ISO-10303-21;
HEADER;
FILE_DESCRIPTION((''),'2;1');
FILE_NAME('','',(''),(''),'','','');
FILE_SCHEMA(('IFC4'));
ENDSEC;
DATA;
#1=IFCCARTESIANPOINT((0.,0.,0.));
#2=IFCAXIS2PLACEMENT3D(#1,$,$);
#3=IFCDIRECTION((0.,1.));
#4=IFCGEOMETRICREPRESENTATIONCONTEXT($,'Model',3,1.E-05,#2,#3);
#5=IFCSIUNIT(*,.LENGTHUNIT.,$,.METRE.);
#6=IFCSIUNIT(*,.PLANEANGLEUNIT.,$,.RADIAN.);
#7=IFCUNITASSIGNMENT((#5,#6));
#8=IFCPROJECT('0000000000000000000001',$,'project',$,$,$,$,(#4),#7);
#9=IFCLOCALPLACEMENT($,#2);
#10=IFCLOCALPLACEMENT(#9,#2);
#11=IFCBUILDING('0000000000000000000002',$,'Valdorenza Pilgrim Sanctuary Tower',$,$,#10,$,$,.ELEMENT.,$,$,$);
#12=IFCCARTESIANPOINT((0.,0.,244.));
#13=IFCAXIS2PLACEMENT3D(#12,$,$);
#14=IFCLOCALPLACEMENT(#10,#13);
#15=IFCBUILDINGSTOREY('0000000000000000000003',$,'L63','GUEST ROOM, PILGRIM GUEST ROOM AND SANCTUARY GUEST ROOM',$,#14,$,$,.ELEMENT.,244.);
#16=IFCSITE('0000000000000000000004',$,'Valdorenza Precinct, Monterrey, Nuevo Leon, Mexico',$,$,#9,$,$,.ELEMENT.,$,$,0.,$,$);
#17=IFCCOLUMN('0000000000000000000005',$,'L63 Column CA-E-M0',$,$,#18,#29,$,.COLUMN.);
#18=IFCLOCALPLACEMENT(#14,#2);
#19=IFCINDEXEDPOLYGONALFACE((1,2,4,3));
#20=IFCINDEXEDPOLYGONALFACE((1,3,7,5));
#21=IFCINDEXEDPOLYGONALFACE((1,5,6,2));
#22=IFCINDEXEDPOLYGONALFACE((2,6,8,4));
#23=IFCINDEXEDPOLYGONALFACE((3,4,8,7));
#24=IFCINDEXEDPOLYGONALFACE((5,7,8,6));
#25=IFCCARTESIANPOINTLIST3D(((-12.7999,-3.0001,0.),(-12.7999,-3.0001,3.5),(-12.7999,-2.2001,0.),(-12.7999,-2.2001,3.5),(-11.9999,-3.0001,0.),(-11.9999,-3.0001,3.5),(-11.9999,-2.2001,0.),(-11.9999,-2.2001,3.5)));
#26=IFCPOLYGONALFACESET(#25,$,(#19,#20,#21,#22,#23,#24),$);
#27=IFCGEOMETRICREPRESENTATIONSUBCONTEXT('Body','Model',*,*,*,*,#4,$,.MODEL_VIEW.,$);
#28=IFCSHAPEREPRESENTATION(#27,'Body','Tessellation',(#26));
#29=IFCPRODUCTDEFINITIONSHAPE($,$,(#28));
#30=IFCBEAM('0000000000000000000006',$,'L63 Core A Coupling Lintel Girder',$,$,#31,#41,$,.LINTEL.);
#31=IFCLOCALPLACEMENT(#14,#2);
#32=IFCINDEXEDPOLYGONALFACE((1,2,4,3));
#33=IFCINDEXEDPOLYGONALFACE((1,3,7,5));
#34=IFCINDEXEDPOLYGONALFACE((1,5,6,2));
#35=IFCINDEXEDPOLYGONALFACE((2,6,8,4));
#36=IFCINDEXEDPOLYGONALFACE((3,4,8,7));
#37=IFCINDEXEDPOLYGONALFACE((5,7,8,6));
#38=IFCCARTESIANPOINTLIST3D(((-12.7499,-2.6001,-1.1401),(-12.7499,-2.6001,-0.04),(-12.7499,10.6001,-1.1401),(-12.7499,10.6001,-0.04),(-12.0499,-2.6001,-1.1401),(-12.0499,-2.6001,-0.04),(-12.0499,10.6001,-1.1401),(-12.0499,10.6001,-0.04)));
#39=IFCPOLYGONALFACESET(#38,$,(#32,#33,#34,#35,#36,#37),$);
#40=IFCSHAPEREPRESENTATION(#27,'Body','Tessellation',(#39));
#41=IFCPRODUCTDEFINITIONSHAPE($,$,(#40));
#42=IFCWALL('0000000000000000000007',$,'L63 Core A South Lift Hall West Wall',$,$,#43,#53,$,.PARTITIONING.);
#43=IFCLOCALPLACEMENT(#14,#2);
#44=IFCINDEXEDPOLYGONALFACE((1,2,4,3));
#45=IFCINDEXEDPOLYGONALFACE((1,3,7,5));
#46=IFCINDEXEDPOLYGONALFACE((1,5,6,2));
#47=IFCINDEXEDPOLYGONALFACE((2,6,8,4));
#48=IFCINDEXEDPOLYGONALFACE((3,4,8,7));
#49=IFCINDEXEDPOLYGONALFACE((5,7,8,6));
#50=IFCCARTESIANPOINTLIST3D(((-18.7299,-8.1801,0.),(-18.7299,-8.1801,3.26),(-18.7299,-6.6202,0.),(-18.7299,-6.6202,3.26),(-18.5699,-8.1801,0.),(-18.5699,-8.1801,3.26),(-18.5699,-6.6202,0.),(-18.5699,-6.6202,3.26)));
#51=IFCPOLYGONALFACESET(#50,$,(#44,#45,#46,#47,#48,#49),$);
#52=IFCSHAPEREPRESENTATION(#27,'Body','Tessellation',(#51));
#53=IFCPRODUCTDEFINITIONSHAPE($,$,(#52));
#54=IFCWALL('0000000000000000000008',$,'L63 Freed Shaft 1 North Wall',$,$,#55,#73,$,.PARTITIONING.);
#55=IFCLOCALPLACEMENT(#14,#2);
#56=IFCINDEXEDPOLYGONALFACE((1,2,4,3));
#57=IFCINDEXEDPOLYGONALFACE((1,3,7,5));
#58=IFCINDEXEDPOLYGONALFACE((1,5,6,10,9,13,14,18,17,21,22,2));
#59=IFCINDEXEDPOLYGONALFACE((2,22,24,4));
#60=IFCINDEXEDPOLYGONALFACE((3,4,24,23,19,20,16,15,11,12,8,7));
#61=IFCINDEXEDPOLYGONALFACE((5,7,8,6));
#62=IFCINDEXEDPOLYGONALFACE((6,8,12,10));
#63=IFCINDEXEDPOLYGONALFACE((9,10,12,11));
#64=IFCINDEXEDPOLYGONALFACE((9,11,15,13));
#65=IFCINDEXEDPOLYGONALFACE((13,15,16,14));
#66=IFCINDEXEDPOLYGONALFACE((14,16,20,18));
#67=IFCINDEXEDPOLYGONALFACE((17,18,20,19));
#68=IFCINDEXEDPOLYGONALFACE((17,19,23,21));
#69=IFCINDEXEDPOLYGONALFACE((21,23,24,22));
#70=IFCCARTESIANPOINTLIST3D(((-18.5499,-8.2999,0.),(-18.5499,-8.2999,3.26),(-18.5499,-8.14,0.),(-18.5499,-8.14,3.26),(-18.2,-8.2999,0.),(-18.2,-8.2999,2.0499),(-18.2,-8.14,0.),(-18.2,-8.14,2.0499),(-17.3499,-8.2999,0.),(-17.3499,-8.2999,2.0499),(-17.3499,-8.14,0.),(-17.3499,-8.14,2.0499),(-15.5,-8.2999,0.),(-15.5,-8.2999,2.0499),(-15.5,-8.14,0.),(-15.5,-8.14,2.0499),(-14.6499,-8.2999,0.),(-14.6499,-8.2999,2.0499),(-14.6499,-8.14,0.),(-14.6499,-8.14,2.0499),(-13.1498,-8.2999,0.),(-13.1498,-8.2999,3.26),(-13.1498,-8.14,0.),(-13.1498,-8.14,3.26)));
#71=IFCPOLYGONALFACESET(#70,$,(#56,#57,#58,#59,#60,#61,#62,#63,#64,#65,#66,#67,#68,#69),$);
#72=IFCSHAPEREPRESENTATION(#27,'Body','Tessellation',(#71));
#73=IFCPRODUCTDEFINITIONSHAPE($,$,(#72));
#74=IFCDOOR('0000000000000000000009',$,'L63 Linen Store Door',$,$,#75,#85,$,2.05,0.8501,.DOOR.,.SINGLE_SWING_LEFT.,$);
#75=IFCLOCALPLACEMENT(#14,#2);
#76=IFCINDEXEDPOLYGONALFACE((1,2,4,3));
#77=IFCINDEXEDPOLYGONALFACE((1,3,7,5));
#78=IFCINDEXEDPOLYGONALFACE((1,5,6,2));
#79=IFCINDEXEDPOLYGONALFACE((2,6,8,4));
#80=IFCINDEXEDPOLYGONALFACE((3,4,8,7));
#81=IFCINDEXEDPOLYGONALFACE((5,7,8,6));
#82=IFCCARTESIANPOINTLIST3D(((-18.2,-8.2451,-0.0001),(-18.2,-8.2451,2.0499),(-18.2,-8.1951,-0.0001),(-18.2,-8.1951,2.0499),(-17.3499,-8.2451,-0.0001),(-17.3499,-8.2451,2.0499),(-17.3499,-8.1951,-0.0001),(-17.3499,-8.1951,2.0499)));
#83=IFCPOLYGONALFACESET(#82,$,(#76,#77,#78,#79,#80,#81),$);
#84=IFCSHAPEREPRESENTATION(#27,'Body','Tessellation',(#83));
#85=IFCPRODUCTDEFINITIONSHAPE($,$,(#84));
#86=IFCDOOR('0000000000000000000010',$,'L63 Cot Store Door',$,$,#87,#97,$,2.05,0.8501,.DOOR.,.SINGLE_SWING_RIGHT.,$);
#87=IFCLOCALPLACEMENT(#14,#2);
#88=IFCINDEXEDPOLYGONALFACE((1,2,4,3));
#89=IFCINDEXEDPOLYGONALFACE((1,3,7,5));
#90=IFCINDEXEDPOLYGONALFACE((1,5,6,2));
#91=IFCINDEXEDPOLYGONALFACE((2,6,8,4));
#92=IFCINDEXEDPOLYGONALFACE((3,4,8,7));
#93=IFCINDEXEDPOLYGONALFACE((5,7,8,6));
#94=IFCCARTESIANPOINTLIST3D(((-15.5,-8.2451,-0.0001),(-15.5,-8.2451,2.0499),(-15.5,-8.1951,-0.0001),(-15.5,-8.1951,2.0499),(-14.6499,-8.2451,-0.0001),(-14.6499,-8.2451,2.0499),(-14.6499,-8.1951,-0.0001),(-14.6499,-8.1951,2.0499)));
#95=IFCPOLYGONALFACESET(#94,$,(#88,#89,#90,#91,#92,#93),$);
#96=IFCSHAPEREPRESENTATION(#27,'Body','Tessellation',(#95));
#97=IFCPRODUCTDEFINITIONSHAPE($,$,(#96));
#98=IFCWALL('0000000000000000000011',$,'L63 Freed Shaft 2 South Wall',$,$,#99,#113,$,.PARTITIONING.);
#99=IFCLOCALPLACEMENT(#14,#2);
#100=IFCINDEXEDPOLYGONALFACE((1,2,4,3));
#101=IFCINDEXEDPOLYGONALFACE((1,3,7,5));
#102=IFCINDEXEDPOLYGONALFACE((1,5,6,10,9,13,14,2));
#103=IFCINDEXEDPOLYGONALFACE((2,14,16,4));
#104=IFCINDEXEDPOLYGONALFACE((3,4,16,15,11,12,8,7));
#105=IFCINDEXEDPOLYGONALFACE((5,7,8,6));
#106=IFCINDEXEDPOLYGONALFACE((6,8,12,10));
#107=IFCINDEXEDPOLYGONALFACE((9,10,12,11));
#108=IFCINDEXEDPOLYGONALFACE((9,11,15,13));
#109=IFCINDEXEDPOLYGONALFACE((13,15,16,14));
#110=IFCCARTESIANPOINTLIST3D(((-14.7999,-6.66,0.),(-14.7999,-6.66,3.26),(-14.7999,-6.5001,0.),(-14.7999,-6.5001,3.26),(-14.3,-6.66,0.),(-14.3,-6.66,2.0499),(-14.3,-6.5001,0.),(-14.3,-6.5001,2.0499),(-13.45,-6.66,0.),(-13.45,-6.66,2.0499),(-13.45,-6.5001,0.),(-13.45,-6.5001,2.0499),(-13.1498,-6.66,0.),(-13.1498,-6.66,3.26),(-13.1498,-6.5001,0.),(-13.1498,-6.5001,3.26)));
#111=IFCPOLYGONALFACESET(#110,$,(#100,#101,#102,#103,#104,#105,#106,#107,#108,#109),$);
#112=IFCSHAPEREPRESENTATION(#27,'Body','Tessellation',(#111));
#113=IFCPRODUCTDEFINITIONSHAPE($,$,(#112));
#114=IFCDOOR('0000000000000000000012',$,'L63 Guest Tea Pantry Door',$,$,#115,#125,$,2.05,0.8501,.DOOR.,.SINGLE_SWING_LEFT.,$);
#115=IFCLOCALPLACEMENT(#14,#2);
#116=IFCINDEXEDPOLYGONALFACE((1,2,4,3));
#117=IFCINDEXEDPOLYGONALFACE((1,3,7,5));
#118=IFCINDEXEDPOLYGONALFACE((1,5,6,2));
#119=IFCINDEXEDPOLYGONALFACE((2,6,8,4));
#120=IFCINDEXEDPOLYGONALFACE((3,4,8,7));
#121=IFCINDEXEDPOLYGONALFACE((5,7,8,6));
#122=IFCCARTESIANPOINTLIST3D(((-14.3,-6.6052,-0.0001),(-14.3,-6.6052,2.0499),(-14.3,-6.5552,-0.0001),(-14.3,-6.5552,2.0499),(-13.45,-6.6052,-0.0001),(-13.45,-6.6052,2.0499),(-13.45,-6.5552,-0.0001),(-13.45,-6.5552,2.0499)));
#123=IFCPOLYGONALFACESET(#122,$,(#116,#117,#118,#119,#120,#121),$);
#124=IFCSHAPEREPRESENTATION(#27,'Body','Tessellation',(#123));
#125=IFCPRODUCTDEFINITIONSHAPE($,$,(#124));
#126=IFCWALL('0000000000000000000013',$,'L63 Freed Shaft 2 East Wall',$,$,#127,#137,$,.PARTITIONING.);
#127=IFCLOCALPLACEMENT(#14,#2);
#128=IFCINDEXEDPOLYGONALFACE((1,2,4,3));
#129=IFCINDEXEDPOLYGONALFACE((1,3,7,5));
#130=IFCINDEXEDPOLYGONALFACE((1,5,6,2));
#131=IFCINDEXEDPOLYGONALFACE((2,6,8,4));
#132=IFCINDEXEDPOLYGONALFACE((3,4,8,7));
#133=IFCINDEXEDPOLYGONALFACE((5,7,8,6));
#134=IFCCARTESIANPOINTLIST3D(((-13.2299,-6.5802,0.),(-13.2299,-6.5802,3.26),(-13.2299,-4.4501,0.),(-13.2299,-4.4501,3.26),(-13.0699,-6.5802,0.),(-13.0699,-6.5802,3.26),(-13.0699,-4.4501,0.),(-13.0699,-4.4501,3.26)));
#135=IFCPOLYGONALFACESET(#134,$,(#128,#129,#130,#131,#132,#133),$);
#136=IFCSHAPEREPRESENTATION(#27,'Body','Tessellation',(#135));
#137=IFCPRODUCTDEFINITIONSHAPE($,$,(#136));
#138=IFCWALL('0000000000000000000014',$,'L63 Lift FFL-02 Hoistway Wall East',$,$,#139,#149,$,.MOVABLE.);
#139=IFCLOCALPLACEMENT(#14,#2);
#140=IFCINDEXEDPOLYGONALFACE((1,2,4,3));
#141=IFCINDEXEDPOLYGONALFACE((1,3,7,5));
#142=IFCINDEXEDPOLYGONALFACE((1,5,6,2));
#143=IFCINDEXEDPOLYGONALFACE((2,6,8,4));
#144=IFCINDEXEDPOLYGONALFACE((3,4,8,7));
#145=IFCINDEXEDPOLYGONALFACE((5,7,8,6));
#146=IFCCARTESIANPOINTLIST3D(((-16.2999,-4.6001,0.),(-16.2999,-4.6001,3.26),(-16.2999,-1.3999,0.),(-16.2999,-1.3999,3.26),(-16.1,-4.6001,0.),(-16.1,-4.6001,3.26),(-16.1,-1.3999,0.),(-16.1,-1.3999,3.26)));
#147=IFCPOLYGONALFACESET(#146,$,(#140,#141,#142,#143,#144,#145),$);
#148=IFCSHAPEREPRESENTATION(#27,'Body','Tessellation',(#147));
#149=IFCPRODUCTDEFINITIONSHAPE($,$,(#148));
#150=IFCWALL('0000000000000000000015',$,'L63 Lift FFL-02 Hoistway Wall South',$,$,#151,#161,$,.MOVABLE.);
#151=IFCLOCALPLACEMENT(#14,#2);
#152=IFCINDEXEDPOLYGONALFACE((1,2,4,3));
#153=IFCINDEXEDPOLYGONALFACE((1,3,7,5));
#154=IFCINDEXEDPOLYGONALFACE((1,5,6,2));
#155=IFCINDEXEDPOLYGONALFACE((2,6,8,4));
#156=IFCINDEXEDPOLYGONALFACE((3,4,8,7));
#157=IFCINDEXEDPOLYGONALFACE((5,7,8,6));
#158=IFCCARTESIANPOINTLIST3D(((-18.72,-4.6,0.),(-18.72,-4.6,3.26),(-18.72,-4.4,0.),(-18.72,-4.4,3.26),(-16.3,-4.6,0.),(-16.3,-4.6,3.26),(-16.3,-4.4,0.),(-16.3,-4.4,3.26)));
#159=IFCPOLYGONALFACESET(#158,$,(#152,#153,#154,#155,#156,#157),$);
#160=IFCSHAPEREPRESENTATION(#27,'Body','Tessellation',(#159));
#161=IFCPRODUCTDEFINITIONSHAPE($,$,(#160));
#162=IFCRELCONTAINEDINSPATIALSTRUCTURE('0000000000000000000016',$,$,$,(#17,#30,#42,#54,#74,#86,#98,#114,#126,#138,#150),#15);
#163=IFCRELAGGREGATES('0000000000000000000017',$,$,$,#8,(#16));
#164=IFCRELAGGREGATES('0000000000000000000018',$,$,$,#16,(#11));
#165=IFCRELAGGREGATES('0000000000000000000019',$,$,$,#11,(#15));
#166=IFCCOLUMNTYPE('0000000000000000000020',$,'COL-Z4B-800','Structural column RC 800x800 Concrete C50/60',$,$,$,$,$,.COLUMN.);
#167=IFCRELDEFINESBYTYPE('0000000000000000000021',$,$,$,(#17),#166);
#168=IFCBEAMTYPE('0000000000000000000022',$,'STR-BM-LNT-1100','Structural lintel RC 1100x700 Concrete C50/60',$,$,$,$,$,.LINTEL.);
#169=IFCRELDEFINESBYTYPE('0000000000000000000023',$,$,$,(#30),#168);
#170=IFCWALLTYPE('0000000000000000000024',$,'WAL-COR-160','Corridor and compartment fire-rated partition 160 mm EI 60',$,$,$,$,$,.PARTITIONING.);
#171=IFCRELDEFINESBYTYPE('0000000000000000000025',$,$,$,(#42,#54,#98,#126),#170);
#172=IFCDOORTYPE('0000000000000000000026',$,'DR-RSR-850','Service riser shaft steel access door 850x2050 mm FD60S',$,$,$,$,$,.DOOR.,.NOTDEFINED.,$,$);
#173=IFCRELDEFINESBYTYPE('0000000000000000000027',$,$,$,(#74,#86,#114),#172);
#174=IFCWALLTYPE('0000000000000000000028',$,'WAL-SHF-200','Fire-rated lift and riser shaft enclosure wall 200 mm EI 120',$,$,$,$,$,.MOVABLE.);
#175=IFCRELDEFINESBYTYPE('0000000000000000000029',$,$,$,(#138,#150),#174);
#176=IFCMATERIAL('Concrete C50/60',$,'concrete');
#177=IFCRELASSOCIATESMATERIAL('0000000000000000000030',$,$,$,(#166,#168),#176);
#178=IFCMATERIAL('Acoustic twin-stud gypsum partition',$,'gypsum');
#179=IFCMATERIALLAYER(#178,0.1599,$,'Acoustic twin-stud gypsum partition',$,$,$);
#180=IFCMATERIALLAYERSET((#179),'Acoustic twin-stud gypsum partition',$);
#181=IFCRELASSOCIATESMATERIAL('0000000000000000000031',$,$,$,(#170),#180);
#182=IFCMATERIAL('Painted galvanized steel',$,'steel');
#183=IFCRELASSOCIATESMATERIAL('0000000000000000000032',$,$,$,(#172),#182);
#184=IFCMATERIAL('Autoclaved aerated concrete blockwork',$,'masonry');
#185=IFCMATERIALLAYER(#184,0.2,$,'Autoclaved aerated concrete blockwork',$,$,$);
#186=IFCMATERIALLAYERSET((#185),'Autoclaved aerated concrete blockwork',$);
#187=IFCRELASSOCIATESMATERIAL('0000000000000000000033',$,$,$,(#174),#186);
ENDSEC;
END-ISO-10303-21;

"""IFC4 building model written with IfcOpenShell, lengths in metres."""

from ifc_helpers import new_model, si_unit, direction, frame, frame_2d, origin, origin_2d, place, context, subcontext, project, spatial, rectangle, extrude, source, transform, mapped, material, layer, layer_set, material_profile, profile_set, type_object, element, fill, save


model = new_model("IFC4")

# Units and contexts
model_context = context("Model", 3, precision=1e-05, world=origin(), true_north=direction((0.0, 1.0)))
body_context = subcontext(model_context, "Body", "Model", "MODEL_VIEW")
ifc_project = project(units=[si_unit("LENGTHUNIT", "METRE"), si_unit("PLANEANGLEUNIT", "RADIAN")], contexts=[model_context])

# Site, building, storey
site_placement = place(None, origin())
site = spatial("IfcSite", under=ifc_project, at=site_placement, Name="Valdorenza Precinct, Monterrey, Nuevo Leon, Mexico", CompositionType="ELEMENT", RefElevation=0.0)
building_placement = place(site_placement, origin())
building = spatial("IfcBuilding", under=site, at=building_placement, Name="Valdorenza Pilgrim Sanctuary Tower", CompositionType="ELEMENT")
storey_placement = place(building_placement, frame((0.0, 0.0, 244.0)))
storey = spatial("IfcBuildingStorey", under=building, at=storey_placement, Name="L63", Description="GUEST ROOM, PILGRIM GUEST ROOM AND SANCTUARY GUEST ROOM", CompositionType="ELEMENT", Elevation=244.0)

# Column
ifc_material_1 = material(Name="Concrete C50/60", Category="concrete")
ifc_material_profile_1 = material_profile(ifc_material_1, rectangle(XDim=0.8, YDim=0.8, at=origin_2d()), Name="RC 800x800")
ifc_profile_set_1 = profile_set([ifc_material_profile_1], Name="Concrete C50/60")
column_type = type_object("IfcColumnType", Name="COL-Z4B-800", Description="Structural column RC 800x800 Concrete C50/60", PredefinedType="COLUMN", material=ifc_profile_set_1)
shared_shape_1 = source(origin(), body_context, "Body", "SweptSolid", [
    extrude(rectangle(XDim=0.8, YDim=0.8, at=origin_2d()), origin(), (0.0, 0.0, 1.0), 3.5),
])
column_placement = place(storey_placement, frame((-12.3999, -2.6001, 0.0), z_axis=(0.0, 0.0, 1.0), x_axis=(1.0, 0.0, 0.0)))
element("IfcColumn", 1, at=column_placement, inside=storey, type_object=column_type, Name="L63 Column CA-E-M0", PredefinedType="COLUMN", context=body_context, shape_type="MappedRepresentation", body=[
    mapped(shared_shape_1, transform((0.0, 0.0, 0.0), x_axis=(1.0, 0.0, 0.0), y_axis=(0.0, 1.0, 0.0), z_axis=(0.0, 0.0, 1.0), scale=1.0)),
])

# Beam
ifc_material_profile_2 = material_profile(ifc_material_1, rectangle(XDim=0.7, YDim=1.1001, at=origin_2d()), Name="RC 1100x700")
ifc_profile_set_2 = profile_set([ifc_material_profile_2], Name="Concrete C50/60")
beam_type = type_object("IfcBeamType", Name="STR-BM-LNT-1100", Description="Structural lintel RC 1100x700 Concrete C50/60", PredefinedType="LINTEL", material=ifc_profile_set_2)
shared_shape_2 = source(origin(), body_context, "Body", "SweptSolid", [
    extrude(rectangle(XDim=0.7, YDim=1.1001, at=origin_2d()), origin(), (0.0, 0.0, 1.0), 13.2002),
])
beam_placement = place(storey_placement, frame((-12.3999, -2.6001, -0.5901), z_axis=(0.0, 1.0, 0.0), x_axis=(-1.0, 0.0, 0.0)))
element("IfcBeam", 2, at=beam_placement, inside=storey, type_object=beam_type, Name="L63 Core A Coupling Lintel Girder", PredefinedType="LINTEL", context=body_context, shape_type="MappedRepresentation", body=[
    mapped(shared_shape_2, transform((0.0, 0.0, 0.0), x_axis=(1.0, 0.0, 0.0), y_axis=(0.0, 1.0, 0.0), z_axis=(0.0, 0.0, 1.0), scale=1.0)),
])

# Wall
ifc_material_2 = material(Name="Acoustic twin-stud gypsum partition", Category="gypsum")
ifc_layer_1 = layer(ifc_material_2, 0.1599, Name="Acoustic twin-stud gypsum partition")
ifc_layer_set_1 = layer_set([ifc_layer_1], Name="Acoustic twin-stud gypsum partition")
wall_type_1 = type_object("IfcWallType", Name="WAL-COR-160", Description="Corridor and compartment fire-rated partition 160 mm EI 60", PredefinedType="PARTITIONING", material=ifc_layer_set_1)
wall_1_placement = place(storey_placement, frame((-18.6499, -8.1799, 0.0), z_axis=(0.0, 0.0, 1.0), x_axis=(0.0, 1.0, 0.0)))
element("IfcWall", 3, at=wall_1_placement, inside=storey, type_object=wall_type_1, Name="L63 Core A South Lift Hall West Wall", PredefinedType="PARTITIONING", context=body_context, shape_type="SweptSolid", body=[
    extrude(rectangle(XDim=1.5598, YDim=0.1599, at=frame_2d((0.7798, 0.0))), origin(), (0.0, 0.0, 1.0), 3.26),
])

# Wall, openings, doors
wall_2_placement = place(storey_placement, frame((-18.55, -8.22, 0.0), z_axis=(0.0, 0.0, 1.0), x_axis=(1.0, 0.0, 0.0)))
wall_2 = element("IfcWall", 4, at=wall_2_placement, inside=storey, type_object=wall_type_1, Name="L63 Freed Shaft 1 North Wall", PredefinedType="PARTITIONING", context=body_context, shape_type="SweptSolid", body=[
    extrude(rectangle(XDim=5.4001, YDim=0.1599, at=frame_2d((2.7002, 0.0))), origin(), (0.0, 0.0, 1.0), 3.26),
])
opening_1_placement = place(wall_2_placement, frame((0.3501, 0.0, 0.0)))
opening_1 = element("IfcOpeningElement", 5, at=opening_1_placement, cuts=wall_2, PredefinedType="OPENING", context=body_context, shape_type="SweptSolid", body=[
    extrude(rectangle(XDim=0.8501, YDim=2.05, at=frame_2d((0.425, 1.0249))), frame((0.0, 0.0947, 0.0), z_axis=(0.0, -1.0, 0.0), x_axis=(1.0, 0.0, 0.0)), (0.0, 0.0, 1.0), 0.1897),
])
opening_2_placement = place(wall_2_placement, frame((3.05, 0.0, 0.0)))
opening_2 = element("IfcOpeningElement", 6, at=opening_2_placement, cuts=wall_2, PredefinedType="OPENING", context=body_context, shape_type="SweptSolid", body=[
    extrude(rectangle(XDim=0.8501, YDim=2.05, at=frame_2d((0.425, 1.0249))), frame((0.0, 0.0947, 0.0), z_axis=(0.0, -1.0, 0.0), x_axis=(1.0, 0.0, 0.0)), (0.0, 0.0, 1.0), 0.1897),
])
ifc_material_3 = material(Name="Painted galvanized steel", Category="steel")
door_type_1 = type_object("IfcDoorType", Name="DR-RSR-850", Description="Service riser shaft steel access door 850x2050 mm FD60S", OperationType="NOTDEFINED", PredefinedType="DOOR", material=ifc_material_3)
door_1_placement = place(opening_1_placement, origin())
door_1 = element("IfcDoor", 7, at=door_1_placement, inside=storey, type_object=door_type_1, Name="L63 Linen Store Door", OperationType="SINGLE_SWING_LEFT", OverallHeight=2.05, OverallWidth=0.8501, PredefinedType="DOOR", context=body_context, shape_type="SweptSolid", body=[
    extrude(rectangle(XDim=0.8501, YDim=2.05, at=frame_2d((0.425, 1.0249))), frame((0.0, 0.0249, 0.0), z_axis=(0.0, -1.0, 0.0), x_axis=(1.0, 0.0, 0.0)), (0.0, 0.0, 1.0), 0.05),
])
fill(opening_1, door_1)
door_2_placement = place(opening_2_placement, origin())
door_2 = element("IfcDoor", 8, at=door_2_placement, inside=storey, type_object=door_type_1, Name="L63 Cot Store Door", OperationType="SINGLE_SWING_RIGHT", OverallHeight=2.05, OverallWidth=0.8501, PredefinedType="DOOR", context=body_context, shape_type="SweptSolid", body=[
    extrude(rectangle(XDim=0.8501, YDim=2.05, at=frame_2d((0.425, 1.0249))), frame((0.0, 0.0249, 0.0), z_axis=(0.0, -1.0, 0.0), x_axis=(1.0, 0.0, 0.0)), (0.0, 0.0, 1.0), 0.05),
])
fill(opening_2, door_2)

# Wall, opening, door
wall_3_placement = place(storey_placement, frame((-14.8, -6.5801, 0.0), z_axis=(0.0, 0.0, 1.0), x_axis=(1.0, 0.0, 0.0)))
wall_3 = element("IfcWall", 9, at=wall_3_placement, inside=storey, type_object=wall_type_1, Name="L63 Freed Shaft 2 South Wall", PredefinedType="PARTITIONING", context=body_context, shape_type="SweptSolid", body=[
    extrude(rectangle(XDim=1.6501, YDim=0.1599, at=frame_2d((0.8252, 0.0))), origin(), (0.0, 0.0, 1.0), 3.26),
])
opening_3_placement = place(wall_3_placement, frame((0.5, 0.0, 0.0)))
opening_3 = element("IfcOpeningElement", 10, at=opening_3_placement, cuts=wall_3, PredefinedType="OPENING", context=body_context, shape_type="SweptSolid", body=[
    extrude(rectangle(XDim=0.8501, YDim=2.05, at=frame_2d((0.425, 1.0249))), frame((0.0, 0.0947, 0.0), z_axis=(0.0, -1.0, 0.0), x_axis=(1.0, 0.0, 0.0)), (0.0, 0.0, 1.0), 0.1897),
])
door_3_placement = place(opening_3_placement, origin())
door_3 = element("IfcDoor", 11, at=door_3_placement, inside=storey, type_object=door_type_1, Name="L63 Guest Tea Pantry Door", OperationType="SINGLE_SWING_LEFT", OverallHeight=2.05, OverallWidth=0.8501, PredefinedType="DOOR", context=body_context, shape_type="SweptSolid", body=[
    extrude(rectangle(XDim=0.8501, YDim=2.05, at=frame_2d((0.425, 1.0249))), frame((0.0, 0.0249, 0.0), z_axis=(0.0, -1.0, 0.0), x_axis=(1.0, 0.0, 0.0)), (0.0, 0.0, 1.0), 0.05),
])
fill(opening_3, door_3)

# Wall
wall_4_placement = place(storey_placement, frame((-13.1499, -6.5801, 0.0), z_axis=(0.0, 0.0, 1.0), x_axis=(0.0, 1.0, 0.0)))
element("IfcWall", 12, at=wall_4_placement, inside=storey, type_object=wall_type_1, Name="L63 Freed Shaft 2 East Wall", PredefinedType="PARTITIONING", context=body_context, shape_type="SweptSolid", body=[
    extrude(rectangle(XDim=2.1301, YDim=0.1599, at=frame_2d((1.0649, 0.0))), origin(), (0.0, 0.0, 1.0), 3.26),
])

# Walls
ifc_material_4 = material(Name="Autoclaved aerated concrete blockwork", Category="masonry")
ifc_layer_2 = layer(ifc_material_4, 0.2, Name="Autoclaved aerated concrete blockwork")
ifc_layer_set_2 = layer_set([ifc_layer_2], Name="Autoclaved aerated concrete blockwork")
wall_type_2 = type_object("IfcWallType", Name="WAL-SHF-200", Description="Fire-rated lift and riser shaft enclosure wall 200 mm EI 120", PredefinedType="MOVABLE", material=ifc_layer_set_2)
wall_5_placement = place(storey_placement, frame((-16.2, -4.6001, 0.0), z_axis=(0.0, 0.0, 1.0), x_axis=(0.0, 1.0, 0.0)))
element("IfcWall", 13, at=wall_5_placement, inside=storey, type_object=wall_type_2, Name="L63 Lift FFL-02 Hoistway Wall East", PredefinedType="MOVABLE", context=body_context, shape_type="SweptSolid", body=[
    extrude(rectangle(XDim=3.2002, YDim=0.2, at=frame_2d((1.6001, 0.0))), origin(), (0.0, 0.0, 1.0), 3.26),
])
wall_6_placement = place(storey_placement, frame((-18.72, -4.5, 0.0), z_axis=(0.0, 0.0, 1.0), x_axis=(1.0, 0.0, 0.0)))
element("IfcWall", 14, at=wall_6_placement, inside=storey, type_object=wall_type_2, Name="L63 Lift FFL-02 Hoistway Wall South", PredefinedType="MOVABLE", context=body_context, shape_type="SweptSolid", body=[
    extrude(rectangle(XDim=2.4199, YDim=0.2, at=frame_2d((1.21, 0.0))), origin(), (0.0, 0.0, 1.0), 3.26),
])

save(model, "model.ifc")
